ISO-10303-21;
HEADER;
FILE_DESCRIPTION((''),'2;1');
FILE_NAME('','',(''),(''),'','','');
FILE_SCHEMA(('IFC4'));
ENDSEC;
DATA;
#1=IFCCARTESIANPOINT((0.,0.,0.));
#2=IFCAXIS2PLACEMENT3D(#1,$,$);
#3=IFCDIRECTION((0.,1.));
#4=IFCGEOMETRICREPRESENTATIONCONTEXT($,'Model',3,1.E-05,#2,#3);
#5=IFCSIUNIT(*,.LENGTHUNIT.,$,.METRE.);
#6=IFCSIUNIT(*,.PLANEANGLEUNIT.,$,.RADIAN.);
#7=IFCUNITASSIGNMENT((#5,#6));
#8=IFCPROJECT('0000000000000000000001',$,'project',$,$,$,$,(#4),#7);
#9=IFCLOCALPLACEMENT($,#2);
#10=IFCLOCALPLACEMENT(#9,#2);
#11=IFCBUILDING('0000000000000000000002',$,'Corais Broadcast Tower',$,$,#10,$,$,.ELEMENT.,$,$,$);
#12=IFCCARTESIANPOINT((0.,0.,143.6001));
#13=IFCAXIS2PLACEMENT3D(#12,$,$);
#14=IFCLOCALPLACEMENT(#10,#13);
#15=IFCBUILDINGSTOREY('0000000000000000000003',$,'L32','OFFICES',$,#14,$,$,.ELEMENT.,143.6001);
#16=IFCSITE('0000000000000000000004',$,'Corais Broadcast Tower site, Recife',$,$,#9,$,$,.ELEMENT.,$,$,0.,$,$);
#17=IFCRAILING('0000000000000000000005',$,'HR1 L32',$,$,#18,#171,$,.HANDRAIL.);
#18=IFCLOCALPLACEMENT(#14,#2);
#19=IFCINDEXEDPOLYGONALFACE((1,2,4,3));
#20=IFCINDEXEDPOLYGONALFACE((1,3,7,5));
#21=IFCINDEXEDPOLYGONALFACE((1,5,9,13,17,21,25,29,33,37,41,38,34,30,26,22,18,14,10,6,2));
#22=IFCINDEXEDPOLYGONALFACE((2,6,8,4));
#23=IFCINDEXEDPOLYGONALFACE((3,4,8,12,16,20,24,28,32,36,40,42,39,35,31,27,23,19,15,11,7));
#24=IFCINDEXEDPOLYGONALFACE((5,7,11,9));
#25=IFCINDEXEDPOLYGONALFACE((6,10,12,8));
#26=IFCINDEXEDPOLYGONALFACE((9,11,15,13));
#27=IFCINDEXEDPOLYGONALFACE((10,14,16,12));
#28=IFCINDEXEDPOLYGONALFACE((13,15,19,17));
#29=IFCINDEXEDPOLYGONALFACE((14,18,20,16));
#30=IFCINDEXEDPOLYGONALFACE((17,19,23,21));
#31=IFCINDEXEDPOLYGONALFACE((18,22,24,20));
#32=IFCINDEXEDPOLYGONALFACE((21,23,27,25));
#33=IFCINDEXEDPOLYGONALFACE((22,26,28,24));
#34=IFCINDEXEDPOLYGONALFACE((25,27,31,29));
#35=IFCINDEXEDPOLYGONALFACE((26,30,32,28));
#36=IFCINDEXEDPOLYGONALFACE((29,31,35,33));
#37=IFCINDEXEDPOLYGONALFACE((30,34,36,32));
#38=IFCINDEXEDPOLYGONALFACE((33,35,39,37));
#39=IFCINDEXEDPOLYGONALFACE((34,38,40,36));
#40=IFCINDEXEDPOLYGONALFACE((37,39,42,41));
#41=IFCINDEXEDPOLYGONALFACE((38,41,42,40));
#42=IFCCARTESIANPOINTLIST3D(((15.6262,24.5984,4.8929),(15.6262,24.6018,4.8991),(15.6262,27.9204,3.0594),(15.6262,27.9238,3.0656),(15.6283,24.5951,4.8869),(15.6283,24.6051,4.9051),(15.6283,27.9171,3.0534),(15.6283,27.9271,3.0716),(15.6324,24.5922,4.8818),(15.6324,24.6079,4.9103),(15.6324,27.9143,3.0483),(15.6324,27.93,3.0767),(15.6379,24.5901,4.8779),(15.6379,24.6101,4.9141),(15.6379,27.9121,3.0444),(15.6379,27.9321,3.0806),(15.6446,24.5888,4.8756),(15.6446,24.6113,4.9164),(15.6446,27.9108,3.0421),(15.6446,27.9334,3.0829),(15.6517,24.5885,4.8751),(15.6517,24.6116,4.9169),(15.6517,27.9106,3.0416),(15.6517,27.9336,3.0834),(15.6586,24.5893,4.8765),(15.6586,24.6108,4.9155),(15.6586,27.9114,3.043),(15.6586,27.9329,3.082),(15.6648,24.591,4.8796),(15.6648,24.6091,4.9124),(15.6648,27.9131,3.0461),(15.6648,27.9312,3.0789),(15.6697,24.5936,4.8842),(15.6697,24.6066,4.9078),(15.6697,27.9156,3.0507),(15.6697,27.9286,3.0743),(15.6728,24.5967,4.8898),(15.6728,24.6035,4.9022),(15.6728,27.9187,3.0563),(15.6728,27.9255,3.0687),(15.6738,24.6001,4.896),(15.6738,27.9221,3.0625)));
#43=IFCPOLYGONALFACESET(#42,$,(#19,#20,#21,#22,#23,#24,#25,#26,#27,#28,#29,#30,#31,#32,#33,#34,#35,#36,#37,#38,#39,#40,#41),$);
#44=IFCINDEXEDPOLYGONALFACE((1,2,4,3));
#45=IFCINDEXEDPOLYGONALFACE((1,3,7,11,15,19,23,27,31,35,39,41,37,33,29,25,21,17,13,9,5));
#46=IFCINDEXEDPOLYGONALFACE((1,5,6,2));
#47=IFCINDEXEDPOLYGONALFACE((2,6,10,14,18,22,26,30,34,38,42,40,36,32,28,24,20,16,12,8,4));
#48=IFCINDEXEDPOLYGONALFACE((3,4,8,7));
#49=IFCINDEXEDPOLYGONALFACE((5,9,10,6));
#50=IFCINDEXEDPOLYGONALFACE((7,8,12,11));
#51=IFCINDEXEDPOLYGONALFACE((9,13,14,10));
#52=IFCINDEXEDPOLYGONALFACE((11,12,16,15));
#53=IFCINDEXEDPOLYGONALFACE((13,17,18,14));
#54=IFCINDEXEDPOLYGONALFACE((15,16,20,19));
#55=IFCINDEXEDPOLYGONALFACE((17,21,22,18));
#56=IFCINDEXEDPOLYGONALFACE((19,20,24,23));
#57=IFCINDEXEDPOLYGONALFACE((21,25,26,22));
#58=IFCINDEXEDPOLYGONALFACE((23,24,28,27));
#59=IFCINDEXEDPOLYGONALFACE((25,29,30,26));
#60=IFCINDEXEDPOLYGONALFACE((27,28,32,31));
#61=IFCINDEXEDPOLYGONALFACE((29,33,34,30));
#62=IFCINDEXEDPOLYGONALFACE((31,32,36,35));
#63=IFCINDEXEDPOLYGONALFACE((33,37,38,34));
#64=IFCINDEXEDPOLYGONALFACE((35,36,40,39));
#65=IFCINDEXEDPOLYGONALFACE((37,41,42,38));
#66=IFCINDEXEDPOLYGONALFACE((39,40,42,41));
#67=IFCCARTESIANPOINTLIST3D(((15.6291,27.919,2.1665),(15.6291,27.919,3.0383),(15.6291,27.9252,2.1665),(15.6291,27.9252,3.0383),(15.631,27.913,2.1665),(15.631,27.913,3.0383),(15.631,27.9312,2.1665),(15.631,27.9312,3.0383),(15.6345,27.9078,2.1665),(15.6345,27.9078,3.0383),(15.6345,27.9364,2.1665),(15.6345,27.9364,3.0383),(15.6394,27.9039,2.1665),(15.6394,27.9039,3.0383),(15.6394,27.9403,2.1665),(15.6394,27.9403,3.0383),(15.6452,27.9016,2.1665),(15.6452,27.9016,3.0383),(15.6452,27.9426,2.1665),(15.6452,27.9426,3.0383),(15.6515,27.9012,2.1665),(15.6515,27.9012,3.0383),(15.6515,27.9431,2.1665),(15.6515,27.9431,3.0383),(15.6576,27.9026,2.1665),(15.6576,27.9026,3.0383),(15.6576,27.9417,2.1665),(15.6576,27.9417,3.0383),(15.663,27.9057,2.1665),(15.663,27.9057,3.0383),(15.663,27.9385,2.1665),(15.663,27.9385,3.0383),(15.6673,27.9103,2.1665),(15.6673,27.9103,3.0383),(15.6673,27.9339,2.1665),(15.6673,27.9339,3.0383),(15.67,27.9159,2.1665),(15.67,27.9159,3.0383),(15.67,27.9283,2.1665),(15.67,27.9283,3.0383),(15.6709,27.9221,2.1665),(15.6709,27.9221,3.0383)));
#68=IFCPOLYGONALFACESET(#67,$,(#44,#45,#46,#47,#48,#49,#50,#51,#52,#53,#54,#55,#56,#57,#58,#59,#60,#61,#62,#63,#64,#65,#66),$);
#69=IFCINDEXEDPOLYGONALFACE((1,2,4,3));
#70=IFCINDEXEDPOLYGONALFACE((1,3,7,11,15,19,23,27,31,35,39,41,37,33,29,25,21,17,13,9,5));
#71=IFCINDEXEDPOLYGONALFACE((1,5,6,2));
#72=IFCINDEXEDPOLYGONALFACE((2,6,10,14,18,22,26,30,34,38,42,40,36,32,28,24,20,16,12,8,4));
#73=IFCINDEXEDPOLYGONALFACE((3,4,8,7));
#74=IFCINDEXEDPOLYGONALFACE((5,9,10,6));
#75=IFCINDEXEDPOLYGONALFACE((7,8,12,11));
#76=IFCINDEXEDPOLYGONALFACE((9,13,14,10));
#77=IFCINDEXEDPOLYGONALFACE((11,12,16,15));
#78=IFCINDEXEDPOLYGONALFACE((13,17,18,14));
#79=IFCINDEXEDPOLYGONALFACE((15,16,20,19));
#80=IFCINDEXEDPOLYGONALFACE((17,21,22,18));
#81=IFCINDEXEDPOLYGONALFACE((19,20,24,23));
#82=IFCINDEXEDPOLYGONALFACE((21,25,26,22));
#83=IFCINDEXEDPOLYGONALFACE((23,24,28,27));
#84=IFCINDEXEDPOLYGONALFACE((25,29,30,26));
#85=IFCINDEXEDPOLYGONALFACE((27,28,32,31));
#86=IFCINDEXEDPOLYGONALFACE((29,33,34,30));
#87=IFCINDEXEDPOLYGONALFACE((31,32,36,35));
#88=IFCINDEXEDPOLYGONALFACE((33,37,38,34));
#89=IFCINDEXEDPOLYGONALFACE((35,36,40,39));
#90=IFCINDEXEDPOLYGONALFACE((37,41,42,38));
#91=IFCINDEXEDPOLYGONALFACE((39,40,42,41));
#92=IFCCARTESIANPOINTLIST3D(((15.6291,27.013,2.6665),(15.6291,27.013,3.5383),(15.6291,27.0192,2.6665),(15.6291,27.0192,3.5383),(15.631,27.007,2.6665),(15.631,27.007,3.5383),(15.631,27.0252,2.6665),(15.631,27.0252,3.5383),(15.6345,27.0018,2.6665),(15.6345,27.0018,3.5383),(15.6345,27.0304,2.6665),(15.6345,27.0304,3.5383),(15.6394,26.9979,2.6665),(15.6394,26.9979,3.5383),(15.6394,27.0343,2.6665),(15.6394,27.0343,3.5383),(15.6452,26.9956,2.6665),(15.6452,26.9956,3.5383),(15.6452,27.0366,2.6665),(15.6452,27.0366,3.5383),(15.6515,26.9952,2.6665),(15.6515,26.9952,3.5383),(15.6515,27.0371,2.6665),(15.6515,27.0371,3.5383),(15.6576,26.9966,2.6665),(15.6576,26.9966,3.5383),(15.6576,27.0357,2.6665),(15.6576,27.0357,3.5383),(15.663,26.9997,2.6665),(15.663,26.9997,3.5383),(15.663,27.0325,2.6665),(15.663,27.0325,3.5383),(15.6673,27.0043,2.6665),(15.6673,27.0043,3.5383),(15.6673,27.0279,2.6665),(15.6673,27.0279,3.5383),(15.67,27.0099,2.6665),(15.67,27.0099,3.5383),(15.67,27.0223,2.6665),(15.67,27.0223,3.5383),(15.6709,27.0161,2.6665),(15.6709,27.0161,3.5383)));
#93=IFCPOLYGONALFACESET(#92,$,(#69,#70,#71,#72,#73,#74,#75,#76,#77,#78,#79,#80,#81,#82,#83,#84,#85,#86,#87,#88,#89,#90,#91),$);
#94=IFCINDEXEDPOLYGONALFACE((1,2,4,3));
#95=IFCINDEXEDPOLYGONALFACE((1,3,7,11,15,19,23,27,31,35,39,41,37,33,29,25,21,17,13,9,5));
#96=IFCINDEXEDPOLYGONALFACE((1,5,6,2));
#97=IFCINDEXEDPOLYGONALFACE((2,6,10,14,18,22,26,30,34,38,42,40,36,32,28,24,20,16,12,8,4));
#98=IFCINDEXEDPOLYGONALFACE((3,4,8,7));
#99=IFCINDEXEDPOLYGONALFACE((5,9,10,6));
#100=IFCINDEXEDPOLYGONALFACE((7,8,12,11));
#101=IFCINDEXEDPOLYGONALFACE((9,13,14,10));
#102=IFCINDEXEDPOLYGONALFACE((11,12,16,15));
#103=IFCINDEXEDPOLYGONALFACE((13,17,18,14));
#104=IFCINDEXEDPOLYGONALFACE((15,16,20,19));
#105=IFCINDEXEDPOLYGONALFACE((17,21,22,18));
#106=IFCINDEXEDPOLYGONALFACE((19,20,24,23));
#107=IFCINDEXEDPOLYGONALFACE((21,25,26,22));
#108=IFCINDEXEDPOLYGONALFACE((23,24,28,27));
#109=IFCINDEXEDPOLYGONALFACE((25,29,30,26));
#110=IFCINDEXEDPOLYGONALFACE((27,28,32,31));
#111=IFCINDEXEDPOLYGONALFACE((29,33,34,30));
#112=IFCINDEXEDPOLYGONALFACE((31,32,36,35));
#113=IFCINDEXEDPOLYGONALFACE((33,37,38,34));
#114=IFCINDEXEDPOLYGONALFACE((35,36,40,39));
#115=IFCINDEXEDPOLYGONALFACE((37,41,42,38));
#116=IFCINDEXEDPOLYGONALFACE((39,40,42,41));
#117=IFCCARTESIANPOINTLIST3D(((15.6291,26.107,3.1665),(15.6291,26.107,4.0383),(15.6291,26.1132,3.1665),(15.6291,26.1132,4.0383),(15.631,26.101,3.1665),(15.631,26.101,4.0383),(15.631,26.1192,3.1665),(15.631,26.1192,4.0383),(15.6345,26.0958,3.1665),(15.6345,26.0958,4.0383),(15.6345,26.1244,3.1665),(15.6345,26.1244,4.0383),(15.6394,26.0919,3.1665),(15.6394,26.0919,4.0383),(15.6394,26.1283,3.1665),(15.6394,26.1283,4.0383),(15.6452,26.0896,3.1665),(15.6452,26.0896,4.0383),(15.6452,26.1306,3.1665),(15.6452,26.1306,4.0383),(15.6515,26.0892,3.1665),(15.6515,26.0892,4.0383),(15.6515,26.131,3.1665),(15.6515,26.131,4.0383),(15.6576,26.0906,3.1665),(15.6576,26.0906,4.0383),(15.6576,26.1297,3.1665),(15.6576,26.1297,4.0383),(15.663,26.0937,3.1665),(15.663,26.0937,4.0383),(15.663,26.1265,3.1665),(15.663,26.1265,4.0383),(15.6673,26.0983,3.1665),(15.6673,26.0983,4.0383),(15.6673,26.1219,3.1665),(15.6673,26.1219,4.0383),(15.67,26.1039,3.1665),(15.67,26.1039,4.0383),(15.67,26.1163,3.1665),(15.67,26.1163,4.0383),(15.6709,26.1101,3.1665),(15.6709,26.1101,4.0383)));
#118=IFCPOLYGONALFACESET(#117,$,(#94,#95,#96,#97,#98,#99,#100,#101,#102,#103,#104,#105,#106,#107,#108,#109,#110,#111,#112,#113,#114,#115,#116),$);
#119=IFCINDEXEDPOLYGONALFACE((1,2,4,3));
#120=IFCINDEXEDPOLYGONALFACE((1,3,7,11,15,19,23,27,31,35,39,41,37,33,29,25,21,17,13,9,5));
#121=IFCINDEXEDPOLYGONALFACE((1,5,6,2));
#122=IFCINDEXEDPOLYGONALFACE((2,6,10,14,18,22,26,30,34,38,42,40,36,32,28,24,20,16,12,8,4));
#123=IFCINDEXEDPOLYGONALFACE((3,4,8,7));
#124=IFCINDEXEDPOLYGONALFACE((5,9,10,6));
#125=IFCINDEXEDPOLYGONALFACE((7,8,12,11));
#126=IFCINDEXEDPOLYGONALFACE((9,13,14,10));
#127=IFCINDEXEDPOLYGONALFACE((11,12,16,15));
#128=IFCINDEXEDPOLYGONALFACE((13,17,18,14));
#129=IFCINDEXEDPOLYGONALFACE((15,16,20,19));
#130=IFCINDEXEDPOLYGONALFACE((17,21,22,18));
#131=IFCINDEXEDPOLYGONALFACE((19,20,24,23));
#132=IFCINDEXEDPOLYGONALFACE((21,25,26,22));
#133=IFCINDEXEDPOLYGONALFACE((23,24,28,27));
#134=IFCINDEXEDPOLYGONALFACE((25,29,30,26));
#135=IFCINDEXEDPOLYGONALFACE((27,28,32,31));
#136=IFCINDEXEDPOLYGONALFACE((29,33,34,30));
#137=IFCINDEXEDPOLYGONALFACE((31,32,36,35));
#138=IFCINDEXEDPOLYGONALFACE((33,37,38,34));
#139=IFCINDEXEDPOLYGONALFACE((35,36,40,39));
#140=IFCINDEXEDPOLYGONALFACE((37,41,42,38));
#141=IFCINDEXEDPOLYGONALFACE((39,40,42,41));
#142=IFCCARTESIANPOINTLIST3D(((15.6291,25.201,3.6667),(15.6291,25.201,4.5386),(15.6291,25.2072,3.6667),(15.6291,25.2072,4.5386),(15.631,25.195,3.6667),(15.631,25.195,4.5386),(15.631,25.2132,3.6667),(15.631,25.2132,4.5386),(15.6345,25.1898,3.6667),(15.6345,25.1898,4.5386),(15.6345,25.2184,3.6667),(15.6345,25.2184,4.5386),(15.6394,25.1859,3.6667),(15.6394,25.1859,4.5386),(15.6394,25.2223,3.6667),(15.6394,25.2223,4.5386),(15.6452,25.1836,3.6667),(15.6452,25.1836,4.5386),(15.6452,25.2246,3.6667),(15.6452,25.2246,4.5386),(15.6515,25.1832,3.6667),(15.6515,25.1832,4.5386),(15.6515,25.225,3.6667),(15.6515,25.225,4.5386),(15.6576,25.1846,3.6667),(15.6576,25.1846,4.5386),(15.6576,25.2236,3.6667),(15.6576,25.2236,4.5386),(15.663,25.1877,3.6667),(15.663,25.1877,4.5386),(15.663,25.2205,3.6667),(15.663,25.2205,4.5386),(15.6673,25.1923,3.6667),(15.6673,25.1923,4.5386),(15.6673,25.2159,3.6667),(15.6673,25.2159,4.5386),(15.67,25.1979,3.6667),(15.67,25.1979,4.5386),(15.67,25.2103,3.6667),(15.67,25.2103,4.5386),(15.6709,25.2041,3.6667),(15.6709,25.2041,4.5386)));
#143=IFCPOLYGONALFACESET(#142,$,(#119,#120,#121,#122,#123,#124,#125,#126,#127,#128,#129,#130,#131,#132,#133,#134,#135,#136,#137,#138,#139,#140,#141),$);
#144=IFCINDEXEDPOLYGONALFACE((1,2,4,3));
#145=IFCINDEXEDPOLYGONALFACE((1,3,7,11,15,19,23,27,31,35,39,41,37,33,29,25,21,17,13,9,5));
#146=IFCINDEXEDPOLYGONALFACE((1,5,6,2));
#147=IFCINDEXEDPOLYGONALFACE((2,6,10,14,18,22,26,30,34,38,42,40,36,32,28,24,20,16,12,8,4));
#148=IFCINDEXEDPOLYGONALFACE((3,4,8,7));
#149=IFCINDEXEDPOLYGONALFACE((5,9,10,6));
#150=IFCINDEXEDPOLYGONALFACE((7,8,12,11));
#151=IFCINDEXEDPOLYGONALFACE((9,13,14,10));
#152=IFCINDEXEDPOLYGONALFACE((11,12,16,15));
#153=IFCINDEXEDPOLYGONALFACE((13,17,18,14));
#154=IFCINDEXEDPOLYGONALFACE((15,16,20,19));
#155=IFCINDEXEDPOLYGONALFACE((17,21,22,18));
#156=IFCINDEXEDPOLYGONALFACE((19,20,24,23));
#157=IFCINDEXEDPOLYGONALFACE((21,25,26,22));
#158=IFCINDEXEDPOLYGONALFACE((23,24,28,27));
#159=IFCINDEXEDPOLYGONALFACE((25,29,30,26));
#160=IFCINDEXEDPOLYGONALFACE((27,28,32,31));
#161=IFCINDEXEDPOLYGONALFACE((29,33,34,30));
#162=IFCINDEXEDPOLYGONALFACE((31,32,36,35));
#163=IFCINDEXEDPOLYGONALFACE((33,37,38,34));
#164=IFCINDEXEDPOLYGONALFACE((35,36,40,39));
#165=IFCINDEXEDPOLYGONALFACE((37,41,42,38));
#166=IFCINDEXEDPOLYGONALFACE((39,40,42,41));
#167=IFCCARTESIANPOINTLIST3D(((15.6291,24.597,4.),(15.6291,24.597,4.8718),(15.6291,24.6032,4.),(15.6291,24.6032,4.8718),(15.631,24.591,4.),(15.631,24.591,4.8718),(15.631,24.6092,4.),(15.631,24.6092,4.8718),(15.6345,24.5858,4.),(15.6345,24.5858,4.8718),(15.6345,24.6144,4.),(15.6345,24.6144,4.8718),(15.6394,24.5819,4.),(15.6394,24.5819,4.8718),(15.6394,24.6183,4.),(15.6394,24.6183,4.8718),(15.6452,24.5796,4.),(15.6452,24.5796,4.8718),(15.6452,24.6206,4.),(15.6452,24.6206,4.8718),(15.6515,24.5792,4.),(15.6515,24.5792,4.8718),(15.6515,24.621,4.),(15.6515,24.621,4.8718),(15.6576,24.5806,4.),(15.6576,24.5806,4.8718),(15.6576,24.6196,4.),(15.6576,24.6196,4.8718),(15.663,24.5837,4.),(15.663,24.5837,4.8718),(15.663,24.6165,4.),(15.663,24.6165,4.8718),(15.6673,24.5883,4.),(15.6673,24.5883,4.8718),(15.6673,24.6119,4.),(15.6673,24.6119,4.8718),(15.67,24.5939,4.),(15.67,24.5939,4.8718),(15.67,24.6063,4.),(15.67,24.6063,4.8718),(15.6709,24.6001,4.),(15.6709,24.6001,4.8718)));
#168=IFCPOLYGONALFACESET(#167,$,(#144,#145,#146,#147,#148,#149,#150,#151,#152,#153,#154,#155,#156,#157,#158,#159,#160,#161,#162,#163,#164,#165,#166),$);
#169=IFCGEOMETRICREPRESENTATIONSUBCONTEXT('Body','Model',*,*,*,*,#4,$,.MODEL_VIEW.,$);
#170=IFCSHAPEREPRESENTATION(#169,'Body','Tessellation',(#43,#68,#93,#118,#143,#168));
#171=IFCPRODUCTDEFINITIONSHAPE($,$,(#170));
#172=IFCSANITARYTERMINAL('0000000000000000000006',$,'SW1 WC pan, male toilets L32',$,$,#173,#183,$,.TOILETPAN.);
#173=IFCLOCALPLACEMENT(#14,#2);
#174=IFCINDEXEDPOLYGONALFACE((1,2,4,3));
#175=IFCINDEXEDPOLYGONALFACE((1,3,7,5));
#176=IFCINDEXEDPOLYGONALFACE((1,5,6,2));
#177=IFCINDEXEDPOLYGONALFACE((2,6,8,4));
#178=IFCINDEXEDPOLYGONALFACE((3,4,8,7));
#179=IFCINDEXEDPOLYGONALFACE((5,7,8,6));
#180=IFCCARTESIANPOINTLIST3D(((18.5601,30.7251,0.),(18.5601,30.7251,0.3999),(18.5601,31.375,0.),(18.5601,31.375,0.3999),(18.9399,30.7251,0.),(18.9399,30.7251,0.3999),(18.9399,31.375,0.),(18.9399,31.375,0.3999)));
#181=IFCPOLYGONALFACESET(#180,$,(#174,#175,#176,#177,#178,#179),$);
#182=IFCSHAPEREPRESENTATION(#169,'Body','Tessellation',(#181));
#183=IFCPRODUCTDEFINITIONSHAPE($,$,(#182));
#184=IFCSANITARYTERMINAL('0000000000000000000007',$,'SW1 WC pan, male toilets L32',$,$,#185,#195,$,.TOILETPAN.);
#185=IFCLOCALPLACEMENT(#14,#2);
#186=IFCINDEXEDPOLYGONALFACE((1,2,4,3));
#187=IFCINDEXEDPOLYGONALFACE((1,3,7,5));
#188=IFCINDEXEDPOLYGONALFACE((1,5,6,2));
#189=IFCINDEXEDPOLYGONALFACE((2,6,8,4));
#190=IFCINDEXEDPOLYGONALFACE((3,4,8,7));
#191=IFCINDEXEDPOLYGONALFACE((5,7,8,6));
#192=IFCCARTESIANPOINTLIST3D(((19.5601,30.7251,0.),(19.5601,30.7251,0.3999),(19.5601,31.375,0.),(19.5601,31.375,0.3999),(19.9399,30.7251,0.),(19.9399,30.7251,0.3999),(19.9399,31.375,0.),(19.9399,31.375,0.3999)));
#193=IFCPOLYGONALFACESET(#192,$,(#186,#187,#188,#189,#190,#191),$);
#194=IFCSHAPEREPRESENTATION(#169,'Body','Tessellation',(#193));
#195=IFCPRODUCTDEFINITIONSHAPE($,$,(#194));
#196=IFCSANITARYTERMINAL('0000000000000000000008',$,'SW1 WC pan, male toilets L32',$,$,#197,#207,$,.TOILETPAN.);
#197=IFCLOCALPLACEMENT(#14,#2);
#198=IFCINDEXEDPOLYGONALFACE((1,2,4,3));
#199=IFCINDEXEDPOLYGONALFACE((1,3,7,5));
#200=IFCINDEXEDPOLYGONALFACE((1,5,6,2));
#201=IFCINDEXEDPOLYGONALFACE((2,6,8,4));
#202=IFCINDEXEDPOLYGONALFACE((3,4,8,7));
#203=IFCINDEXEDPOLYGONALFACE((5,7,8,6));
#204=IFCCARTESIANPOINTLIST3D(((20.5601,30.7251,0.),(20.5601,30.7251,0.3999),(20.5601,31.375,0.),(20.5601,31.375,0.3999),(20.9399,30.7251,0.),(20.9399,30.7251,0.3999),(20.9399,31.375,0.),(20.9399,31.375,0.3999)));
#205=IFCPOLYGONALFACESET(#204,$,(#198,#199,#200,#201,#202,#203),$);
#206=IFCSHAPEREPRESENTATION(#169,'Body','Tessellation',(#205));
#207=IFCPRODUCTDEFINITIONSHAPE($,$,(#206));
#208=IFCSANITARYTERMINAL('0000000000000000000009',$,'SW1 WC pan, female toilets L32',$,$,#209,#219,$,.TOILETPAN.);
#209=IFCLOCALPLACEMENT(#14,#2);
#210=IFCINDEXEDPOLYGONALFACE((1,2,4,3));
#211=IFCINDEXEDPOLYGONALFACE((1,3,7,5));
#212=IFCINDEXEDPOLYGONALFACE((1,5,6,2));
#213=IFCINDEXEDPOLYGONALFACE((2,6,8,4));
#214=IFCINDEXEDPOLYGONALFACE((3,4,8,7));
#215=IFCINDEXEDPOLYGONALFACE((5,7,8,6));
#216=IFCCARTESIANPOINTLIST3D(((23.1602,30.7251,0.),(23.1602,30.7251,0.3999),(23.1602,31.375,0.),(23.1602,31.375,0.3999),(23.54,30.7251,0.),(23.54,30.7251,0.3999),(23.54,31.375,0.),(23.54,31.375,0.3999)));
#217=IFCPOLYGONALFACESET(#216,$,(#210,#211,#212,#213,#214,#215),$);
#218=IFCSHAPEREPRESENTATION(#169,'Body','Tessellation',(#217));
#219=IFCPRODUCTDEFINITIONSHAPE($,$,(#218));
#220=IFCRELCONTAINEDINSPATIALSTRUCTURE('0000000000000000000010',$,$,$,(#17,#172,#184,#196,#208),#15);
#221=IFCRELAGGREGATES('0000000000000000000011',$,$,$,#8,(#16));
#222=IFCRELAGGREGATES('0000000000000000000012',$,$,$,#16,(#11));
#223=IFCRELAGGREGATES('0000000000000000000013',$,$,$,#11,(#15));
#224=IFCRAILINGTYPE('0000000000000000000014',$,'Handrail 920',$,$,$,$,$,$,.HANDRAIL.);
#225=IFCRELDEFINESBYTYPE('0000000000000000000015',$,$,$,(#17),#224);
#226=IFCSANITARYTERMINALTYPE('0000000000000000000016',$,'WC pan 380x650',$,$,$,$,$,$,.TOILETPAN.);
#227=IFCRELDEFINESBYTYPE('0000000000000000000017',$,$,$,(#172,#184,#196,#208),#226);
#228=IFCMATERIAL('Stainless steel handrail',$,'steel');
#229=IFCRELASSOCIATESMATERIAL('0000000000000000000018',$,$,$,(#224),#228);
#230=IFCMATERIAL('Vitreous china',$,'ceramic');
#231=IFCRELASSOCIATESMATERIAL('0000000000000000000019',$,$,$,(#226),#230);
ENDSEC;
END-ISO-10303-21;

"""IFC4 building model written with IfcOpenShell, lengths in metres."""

from ifc_helpers import new_model, si_unit, direction, frame, origin, origin_2d, place, context, subcontext, project, spatial, rectangle, circle, extrude, material, type_object, element, save


model = new_model("IFC4")

# Units and contexts
model_context = context("Model", 3, precision=1e-05, world=origin(), true_north=direction((0.0, 1.0)))
body_context = subcontext(model_context, "Body", "Model", "MODEL_VIEW")
ifc_project = project(units=[si_unit("LENGTHUNIT", "METRE"), si_unit("PLANEANGLEUNIT", "RADIAN")], contexts=[model_context])

# Site, building, storey
site_placement = place(None, origin())
site = spatial("IfcSite", under=ifc_project, at=site_placement, Name="Corais Broadcast Tower site, Recife", CompositionType="ELEMENT", RefElevation=0.0)
building_placement = place(site_placement, origin())
building = spatial("IfcBuilding", under=site, at=building_placement, Name="Corais Broadcast Tower", CompositionType="ELEMENT")
storey_placement = place(building_placement, frame((0.0, 0.0, 143.6001)))
storey = spatial("IfcBuildingStorey", under=building, at=storey_placement, Name="L32", Description="OFFICES", CompositionType="ELEMENT", Elevation=143.6001)

# Railing
ifc_material_1 = material(Name="Stainless steel handrail", Category="steel")
railing_type = type_object("IfcRailingType", Name="Handrail 920", PredefinedType="HANDRAIL", material=ifc_material_1)
for number, where, name in (
    (1, (15.6499, 27.9221, 2.1665), "HR1 L32"),
):
    element("IfcRailing", number, at=place(storey_placement, frame(where)), inside=storey, type_object=railing_type, Name=name, PredefinedType="HANDRAIL", context=body_context, shape_type="SweptSolid", body=[
        extrude(circle(Radius=0.0239, at=origin_2d()), frame((0.0, 0.0, 0.896), z_axis=(0.0, -0.875504, 0.48321), x_axis=(1.0, 0.0, 0.0)), (0.0, 0.0, 1.0), 3.7944),
        extrude(circle(Radius=0.021, at=origin_2d()), origin(), (0.0, 0.0, 1.0), 0.8718),
        extrude(circle(Radius=0.021, at=origin_2d()), frame((0.0, -0.906, 0.5)), (0.0, 0.0, 1.0), 0.8718),
        extrude(circle(Radius=0.021, at=origin_2d()), frame((0.0, -1.812, 1.0)), (0.0, 0.0, 1.0), 0.8718),
        extrude(circle(Radius=0.021, at=origin_2d()), frame((0.0, -2.718, 1.5002)), (0.0, 0.0, 1.0), 0.8718),
        extrude(circle(Radius=0.021, at=origin_2d()), frame((0.0, -3.322, 1.8335)), (0.0, 0.0, 1.0), 0.8718),
    ])

# Sanitary terminals
ifc_material_2 = material(Name="Vitreous china", Category="ceramic")
sanitary_terminal_type_1 = type_object("IfcSanitaryTerminalType", Name="WC pan 380x650", PredefinedType="TOILETPAN", material=ifc_material_2)
for number, where, z_axis, x_axis, name in (
    (2, (18.75, 31.05, 0.0), (0.0, 0.0, 1.0), (1.0, 0.0, 0.0), "SW1 WC pan, male toilets L32"),
    (3, (19.75, 31.05, 0.0), (0.0, 0.0, 1.0), (1.0, 0.0, 0.0), "SW1 WC pan, male toilets L32"),
    (4, (20.75, 31.05, 0.0), (0.0, 0.0, 1.0), (1.0, 0.0, 0.0), "SW1 WC pan, male toilets L32"),
    (5, (23.3501, 31.05, 0.0), (0.0, 0.0, 1.0), (1.0, 0.0, 0.0), "SW1 WC pan, female toilets L32"),
):
    element("IfcSanitaryTerminal", number, at=place(storey_placement, frame(where, z_axis=z_axis, x_axis=x_axis)), inside=storey, type_object=sanitary_terminal_type_1, Name=name, PredefinedType="TOILETPAN", context=body_context, shape_type="SweptSolid", body=[
        extrude(rectangle(XDim=0.3799, YDim=0.6499, at=origin_2d()), origin(), (0.0, 0.0, 1.0), 0.3999),
    ])

save(model, "model.ifc")
